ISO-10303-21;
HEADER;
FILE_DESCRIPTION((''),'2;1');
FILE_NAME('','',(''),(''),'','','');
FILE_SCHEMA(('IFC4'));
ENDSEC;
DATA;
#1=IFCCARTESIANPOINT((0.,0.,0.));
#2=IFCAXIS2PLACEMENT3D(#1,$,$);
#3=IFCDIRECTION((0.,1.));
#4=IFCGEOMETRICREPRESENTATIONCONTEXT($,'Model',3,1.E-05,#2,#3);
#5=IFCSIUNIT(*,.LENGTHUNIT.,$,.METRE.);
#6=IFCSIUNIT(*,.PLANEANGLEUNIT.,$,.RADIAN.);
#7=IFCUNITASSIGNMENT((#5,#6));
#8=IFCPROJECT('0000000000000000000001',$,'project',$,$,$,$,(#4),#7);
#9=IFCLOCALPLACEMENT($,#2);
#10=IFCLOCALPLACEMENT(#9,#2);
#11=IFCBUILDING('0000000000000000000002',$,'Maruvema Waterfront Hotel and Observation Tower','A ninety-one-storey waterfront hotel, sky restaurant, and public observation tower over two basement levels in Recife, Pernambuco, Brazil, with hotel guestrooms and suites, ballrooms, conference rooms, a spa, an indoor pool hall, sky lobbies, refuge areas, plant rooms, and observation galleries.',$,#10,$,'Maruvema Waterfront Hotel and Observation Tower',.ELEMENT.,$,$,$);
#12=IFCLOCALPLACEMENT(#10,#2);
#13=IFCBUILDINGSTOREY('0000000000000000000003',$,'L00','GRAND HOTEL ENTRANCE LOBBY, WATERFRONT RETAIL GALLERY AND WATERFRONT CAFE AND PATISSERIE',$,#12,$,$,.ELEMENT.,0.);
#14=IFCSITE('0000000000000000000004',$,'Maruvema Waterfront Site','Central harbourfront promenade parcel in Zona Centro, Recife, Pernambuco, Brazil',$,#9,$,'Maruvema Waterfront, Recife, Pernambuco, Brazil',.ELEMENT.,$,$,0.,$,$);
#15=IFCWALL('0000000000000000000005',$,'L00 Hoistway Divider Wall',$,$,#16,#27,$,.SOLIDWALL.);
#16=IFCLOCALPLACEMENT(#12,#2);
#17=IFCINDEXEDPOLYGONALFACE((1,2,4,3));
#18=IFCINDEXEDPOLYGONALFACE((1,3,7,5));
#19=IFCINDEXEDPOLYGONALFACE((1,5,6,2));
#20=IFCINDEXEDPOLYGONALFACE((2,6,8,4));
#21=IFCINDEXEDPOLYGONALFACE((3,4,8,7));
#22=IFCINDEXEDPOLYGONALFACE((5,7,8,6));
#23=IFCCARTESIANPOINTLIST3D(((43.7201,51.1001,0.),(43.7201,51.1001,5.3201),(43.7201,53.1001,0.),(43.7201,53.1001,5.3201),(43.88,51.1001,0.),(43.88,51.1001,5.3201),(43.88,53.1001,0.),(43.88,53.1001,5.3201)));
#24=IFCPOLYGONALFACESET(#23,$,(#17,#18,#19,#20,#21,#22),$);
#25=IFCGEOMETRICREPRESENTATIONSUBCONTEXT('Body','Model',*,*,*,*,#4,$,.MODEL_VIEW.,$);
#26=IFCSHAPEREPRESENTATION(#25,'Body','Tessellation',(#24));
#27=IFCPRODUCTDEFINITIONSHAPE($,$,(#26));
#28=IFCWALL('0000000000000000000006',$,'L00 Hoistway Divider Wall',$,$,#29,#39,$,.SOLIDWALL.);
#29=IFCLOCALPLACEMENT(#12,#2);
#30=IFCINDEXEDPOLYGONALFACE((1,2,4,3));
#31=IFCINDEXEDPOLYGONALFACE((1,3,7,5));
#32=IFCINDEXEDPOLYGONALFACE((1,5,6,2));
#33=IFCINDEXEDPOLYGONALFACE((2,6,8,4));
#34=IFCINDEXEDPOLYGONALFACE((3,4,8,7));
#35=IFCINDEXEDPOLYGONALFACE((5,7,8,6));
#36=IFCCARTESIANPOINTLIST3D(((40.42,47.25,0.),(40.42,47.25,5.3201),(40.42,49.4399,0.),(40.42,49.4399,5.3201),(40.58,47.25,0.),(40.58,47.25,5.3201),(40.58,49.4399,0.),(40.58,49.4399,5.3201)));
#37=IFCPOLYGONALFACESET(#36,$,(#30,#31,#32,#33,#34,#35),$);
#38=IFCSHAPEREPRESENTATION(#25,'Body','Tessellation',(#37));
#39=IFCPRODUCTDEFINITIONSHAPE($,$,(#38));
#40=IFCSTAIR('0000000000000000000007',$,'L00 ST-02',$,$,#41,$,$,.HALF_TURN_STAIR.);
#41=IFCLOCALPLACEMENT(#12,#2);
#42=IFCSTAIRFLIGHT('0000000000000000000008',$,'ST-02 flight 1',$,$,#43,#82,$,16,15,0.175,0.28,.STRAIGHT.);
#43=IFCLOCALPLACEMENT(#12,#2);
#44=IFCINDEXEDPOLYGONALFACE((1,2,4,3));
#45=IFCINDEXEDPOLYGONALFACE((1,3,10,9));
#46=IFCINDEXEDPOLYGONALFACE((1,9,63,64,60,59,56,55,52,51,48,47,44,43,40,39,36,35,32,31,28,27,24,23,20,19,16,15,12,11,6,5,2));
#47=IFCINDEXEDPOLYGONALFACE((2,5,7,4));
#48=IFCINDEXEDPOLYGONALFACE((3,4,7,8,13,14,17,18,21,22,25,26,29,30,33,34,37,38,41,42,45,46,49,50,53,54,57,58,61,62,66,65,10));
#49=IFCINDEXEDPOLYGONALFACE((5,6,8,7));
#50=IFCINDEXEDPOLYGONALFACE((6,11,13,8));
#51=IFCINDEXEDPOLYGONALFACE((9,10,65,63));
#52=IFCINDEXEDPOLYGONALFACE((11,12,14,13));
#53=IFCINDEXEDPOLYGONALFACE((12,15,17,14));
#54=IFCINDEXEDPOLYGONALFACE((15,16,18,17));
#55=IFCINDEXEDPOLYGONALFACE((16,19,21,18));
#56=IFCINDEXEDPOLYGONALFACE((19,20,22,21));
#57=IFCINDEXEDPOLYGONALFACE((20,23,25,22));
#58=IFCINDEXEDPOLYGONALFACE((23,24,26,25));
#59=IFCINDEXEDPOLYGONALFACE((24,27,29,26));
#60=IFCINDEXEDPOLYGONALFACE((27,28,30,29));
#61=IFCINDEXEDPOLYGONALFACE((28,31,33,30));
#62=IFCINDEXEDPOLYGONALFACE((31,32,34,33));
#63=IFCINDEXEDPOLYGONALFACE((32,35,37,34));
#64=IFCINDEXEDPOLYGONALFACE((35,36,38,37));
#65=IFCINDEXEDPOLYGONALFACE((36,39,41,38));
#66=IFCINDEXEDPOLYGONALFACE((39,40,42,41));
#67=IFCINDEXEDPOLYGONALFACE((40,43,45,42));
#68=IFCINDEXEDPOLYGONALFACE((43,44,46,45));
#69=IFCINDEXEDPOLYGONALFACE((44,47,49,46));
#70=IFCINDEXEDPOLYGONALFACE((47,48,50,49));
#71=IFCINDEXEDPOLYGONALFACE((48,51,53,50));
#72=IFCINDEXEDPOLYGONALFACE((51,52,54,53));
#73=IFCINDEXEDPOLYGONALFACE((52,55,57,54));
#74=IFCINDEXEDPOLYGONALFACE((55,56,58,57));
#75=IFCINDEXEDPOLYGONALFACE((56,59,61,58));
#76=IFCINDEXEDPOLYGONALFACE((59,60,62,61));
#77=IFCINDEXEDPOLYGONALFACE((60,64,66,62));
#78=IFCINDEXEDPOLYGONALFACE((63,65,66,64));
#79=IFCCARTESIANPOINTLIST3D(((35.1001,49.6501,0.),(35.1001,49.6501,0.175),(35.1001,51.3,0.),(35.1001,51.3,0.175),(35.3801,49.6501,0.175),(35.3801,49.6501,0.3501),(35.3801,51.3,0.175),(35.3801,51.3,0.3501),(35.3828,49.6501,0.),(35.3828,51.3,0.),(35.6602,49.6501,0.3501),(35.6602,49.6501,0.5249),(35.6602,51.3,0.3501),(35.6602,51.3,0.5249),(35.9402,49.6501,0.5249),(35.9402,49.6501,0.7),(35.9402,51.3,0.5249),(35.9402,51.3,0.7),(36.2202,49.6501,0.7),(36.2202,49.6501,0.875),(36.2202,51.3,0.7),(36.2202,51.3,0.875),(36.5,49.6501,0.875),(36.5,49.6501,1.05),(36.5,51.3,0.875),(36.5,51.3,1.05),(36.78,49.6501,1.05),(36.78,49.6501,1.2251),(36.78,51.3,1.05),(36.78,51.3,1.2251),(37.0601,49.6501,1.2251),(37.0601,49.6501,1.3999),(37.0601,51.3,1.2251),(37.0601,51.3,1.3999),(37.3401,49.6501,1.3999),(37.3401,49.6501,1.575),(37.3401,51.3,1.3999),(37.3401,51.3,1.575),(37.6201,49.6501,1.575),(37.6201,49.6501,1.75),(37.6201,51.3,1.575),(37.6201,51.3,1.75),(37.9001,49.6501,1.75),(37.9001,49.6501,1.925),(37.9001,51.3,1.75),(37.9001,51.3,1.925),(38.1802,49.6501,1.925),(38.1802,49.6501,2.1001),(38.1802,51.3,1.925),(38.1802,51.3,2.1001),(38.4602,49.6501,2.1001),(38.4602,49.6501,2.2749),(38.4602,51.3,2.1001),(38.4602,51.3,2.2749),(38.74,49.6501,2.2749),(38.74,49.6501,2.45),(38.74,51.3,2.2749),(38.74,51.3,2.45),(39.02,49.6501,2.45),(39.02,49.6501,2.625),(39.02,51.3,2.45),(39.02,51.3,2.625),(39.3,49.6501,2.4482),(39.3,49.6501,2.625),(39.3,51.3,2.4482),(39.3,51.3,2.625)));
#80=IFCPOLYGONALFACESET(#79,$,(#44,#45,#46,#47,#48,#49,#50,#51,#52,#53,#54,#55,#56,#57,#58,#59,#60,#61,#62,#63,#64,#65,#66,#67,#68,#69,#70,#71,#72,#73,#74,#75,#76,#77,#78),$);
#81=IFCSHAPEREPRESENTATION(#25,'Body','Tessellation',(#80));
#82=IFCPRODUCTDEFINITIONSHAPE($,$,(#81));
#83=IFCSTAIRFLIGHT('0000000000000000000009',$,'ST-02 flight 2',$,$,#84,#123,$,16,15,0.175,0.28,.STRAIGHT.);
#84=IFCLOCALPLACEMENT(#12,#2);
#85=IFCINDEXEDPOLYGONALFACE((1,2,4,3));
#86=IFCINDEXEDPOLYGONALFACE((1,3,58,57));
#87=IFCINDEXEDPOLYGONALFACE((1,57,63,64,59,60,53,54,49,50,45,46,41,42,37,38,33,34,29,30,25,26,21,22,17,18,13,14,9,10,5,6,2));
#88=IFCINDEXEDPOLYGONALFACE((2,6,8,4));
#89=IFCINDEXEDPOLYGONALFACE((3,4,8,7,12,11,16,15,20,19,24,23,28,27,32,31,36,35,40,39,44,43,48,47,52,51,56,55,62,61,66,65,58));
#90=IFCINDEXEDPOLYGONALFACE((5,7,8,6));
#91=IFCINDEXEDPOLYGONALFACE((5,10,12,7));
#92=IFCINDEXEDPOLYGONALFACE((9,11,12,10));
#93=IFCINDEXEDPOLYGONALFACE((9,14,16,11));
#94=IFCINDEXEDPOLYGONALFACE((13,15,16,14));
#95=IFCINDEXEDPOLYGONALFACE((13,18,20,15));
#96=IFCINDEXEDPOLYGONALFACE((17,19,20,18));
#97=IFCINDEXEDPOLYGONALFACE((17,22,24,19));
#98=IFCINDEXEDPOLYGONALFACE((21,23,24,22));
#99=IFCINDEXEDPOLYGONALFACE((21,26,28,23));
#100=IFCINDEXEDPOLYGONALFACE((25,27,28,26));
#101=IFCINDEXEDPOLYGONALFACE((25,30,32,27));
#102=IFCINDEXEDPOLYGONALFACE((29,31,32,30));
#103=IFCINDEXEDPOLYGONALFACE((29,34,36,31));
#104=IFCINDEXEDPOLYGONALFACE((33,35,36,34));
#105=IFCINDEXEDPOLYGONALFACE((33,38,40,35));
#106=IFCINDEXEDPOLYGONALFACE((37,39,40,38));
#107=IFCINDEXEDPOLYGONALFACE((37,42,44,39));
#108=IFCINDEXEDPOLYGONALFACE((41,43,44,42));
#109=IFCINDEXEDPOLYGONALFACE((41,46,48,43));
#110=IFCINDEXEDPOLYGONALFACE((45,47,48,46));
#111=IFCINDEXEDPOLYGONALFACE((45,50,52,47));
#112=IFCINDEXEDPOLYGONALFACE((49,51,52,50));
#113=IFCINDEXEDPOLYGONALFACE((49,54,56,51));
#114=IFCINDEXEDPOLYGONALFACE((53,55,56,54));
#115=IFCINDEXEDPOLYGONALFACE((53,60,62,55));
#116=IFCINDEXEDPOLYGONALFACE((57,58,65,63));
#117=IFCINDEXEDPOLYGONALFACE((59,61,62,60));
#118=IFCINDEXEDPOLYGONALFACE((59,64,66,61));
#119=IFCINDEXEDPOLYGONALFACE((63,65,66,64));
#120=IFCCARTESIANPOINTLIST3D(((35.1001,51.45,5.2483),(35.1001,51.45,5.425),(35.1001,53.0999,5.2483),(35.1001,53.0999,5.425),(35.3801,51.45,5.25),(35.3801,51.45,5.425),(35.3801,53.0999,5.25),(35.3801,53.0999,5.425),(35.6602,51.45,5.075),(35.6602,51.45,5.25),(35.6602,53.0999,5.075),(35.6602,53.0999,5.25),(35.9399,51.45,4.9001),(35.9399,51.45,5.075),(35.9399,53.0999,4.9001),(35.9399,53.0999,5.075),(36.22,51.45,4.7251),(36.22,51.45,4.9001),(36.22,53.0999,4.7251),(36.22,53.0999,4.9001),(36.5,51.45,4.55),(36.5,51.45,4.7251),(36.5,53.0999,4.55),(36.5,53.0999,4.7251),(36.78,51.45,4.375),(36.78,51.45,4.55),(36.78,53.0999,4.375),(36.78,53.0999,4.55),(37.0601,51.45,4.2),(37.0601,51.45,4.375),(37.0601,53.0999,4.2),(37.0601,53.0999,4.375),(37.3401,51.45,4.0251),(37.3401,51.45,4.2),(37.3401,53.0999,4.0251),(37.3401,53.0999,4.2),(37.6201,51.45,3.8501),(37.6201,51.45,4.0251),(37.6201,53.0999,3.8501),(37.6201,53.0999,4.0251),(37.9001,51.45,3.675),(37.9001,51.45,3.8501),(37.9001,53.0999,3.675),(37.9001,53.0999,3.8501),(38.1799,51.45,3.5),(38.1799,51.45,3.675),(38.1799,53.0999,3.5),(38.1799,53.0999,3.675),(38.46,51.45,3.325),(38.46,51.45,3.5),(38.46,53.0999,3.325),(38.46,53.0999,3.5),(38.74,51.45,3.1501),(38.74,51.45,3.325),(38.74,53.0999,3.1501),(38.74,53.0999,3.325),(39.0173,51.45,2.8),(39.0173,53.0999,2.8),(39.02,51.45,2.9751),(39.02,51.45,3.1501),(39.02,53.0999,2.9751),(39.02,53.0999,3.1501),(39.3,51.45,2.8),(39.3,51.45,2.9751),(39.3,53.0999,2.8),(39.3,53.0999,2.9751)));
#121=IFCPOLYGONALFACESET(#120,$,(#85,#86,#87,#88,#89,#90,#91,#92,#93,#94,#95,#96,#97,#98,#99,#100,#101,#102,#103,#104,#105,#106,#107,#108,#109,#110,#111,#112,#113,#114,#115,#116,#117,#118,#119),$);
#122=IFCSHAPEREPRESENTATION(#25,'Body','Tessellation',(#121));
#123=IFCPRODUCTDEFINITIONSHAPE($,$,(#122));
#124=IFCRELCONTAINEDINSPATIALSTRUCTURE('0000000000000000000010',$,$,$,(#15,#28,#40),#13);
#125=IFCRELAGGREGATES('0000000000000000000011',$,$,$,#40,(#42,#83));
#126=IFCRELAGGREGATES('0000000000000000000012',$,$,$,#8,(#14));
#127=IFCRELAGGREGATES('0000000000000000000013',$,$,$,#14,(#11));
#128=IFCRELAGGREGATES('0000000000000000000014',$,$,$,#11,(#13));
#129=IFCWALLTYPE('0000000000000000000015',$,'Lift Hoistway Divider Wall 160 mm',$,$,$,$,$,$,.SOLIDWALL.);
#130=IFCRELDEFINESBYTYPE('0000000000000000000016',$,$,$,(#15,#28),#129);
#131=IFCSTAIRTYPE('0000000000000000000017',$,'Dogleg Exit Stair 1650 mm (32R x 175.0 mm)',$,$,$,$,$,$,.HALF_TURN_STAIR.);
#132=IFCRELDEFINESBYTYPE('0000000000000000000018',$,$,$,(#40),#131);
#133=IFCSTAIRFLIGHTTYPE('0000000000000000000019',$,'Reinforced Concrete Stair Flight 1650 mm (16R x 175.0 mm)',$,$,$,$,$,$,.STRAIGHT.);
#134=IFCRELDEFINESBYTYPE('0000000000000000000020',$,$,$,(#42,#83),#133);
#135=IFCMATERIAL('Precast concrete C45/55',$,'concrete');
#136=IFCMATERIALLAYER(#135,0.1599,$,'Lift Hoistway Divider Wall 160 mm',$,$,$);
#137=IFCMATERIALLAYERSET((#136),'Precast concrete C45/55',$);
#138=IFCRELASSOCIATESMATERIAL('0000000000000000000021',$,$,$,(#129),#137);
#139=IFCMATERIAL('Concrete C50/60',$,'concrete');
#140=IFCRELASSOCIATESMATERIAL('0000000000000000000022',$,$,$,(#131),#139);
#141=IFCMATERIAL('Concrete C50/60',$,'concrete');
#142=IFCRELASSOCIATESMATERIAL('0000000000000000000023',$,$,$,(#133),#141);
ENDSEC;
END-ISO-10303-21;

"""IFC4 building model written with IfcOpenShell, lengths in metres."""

from ifc_helpers import new_model, si_unit, direction, frame, frame_2d, origin, place, context, subcontext, project, spatial, polyline, rectangle, outline, extrude, material, layer, layer_set, type_object, element, aggregate, save


model = new_model("IFC4")

# Units and contexts
model_context = context("Model", 3, precision=1e-05, world=origin(), true_north=direction((0.0, 1.0)))
body_context = subcontext(model_context, "Body", "Model", "MODEL_VIEW")
ifc_project = project(units=[si_unit("LENGTHUNIT", "METRE"), si_unit("PLANEANGLEUNIT", "RADIAN")], contexts=[model_context])

# Site, building, storey
site_placement = place(None, origin())
site = spatial("IfcSite", under=ifc_project, at=site_placement, Name="Maruvema Waterfront Site", Description="Central harbourfront promenade parcel in Zona Centro, Recife, Pernambuco, Brazil", LongName="Maruvema Waterfront, Recife, Pernambuco, Brazil", CompositionType="ELEMENT", RefElevation=0.0)
building_placement = place(site_placement, origin())
building = spatial("IfcBuilding", under=site, at=building_placement, Name="Maruvema Waterfront Hotel and Observation Tower", Description="A ninety-one-storey waterfront hotel, sky restaurant, and public observation tower over two basement levels in Recife, Pernambuco, Brazil, with hotel guestrooms and suites, ballrooms, conference rooms, a spa, an indoor pool hall, sky lobbies, refuge areas, plant rooms, and observation galleries.", LongName="Maruvema Waterfront Hotel and Observation Tower", CompositionType="ELEMENT")
storey_placement = place(building_placement, origin())
storey = spatial("IfcBuildingStorey", under=building, at=storey_placement, Name="L00", Description="GRAND HOTEL ENTRANCE LOBBY, WATERFRONT RETAIL GALLERY AND WATERFRONT CAFE AND PATISSERIE", CompositionType="ELEMENT", Elevation=0.0)

# Walls
ifc_material_1 = material(Name="Precast concrete C45/55", Category="concrete")
ifc_layer_1 = layer(ifc_material_1, 0.1599, Name="Lift Hoistway Divider Wall 160 mm")
ifc_layer_set_1 = layer_set([ifc_layer_1], Name="Precast concrete C45/55")
wall_type_1 = type_object("IfcWallType", Name="Lift Hoistway Divider Wall 160 mm", PredefinedType="SOLIDWALL", material=ifc_layer_set_1)
wall_1_placement = place(storey_placement, frame((43.8, 51.1001, 0.0), z_axis=(0.0, 0.0, 1.0), x_axis=(0.0, 1.0, 0.0)))
element("IfcWall", 1, at=wall_1_placement, inside=storey, type_object=wall_type_1, Name="L00 Hoistway Divider Wall", PredefinedType="SOLIDWALL", context=body_context, shape_type="SweptSolid", body=[
    extrude(rectangle(XDim=2.0, YDim=0.1599, at=frame_2d((1.0, 0.0))), origin(), (0.0, 0.0, 1.0), 5.3201),
])
wall_2_placement = place(storey_placement, frame((40.5, 47.25, 0.0), z_axis=(0.0, 0.0, 1.0), x_axis=(0.0, 1.0, 0.0)))
element("IfcWall", 2, at=wall_2_placement, inside=storey, type_object=wall_type_1, Name="L00 Hoistway Divider Wall", PredefinedType="SOLIDWALL", context=body_context, shape_type="SweptSolid", body=[
    extrude(rectangle(XDim=2.1899, YDim=0.1599, at=frame_2d((1.095, 0.0))), origin(), (0.0, 0.0, 1.0), 5.3201),
])

# Stair, stair flights
ifc_material_2 = material(Name="Concrete C50/60", Category="concrete")
stair_type = type_object("IfcStairType", Name="Dogleg Exit Stair 1650 mm (32R x 175.0 mm)", PredefinedType="HALF_TURN_STAIR", material=ifc_material_2)
stair_placement = place(storey_placement, origin())
stair = element("IfcStair", 3, at=stair_placement, inside=storey, type_object=stair_type, Name="L00 ST-02", PredefinedType="HALF_TURN_STAIR")
ifc_material_3 = material(Name="Concrete C50/60", Category="concrete")
stair_flight_type = type_object("IfcStairFlightType", Name="Reinforced Concrete Stair Flight 1650 mm (16R x 175.0 mm)", PredefinedType="STRAIGHT", material=ifc_material_3)
stair_flight_1_placement = place(storey_placement, frame((35.1001, 50.4751, 0.0), z_axis=(0.0, 0.0, 1.0), x_axis=(1.0, 0.0, 0.0)))
stair_flight_1 = element("IfcStairFlight", 4, at=stair_flight_1_placement, type_object=stair_flight_type, Name="ST-02 flight 1", NumberOfRisers=16, NumberOfTreads=15, PredefinedType="STRAIGHT", RiserHeight=0.175, TreadLength=0.28, context=body_context, shape_type="SweptSolid", body=[
    extrude(outline(polyline([(0.0, 0.0), (0.0, 0.175), (0.28, 0.175), (0.28, 0.3501), (0.5601, 0.3501), (0.5601, 0.5249), (0.8401, 0.5249), (0.8401, 0.7), (1.1201, 0.7), (1.1201, 0.875), (1.3999, 0.875), (1.3999, 1.05), (1.6799, 1.05), (1.6799, 1.2251), (1.96, 1.2251), (1.96, 1.3999), (2.24, 1.3999), (2.24, 1.575), (2.52, 1.575), (2.52, 1.75), (2.8, 1.75), (2.8, 1.925), (3.0801, 1.925), (3.0801, 2.1001), (3.3601, 2.1001), (3.3601, 2.2749), (3.6399, 2.2749), (3.6399, 2.45), (3.9199, 2.45), (3.9199, 2.625), (4.2, 2.625), (4.2, 2.8), (4.2, 2.4482), (0.2827, 0.0), (0.0, 0.0)])), frame((0.0, 0.825, 0.0), z_axis=(0.0, -1.0, 0.0), x_axis=(1.0, 0.0, 0.0)), (0.0, 0.0, 1.0), 1.6499),
])
stair_flight_2_placement = place(storey_placement, frame((39.3, 52.2749, 2.8), z_axis=(0.0, 0.0, 1.0), x_axis=(-1.0, 0.0, 0.0)))
stair_flight_2 = element("IfcStairFlight", 5, at=stair_flight_2_placement, type_object=stair_flight_type, Name="ST-02 flight 2", NumberOfRisers=16, NumberOfTreads=15, PredefinedType="STRAIGHT", RiserHeight=0.175, TreadLength=0.28, context=body_context, shape_type="SweptSolid", body=[
    extrude(outline(polyline([(0.0, 0.0), (0.0, 0.175), (0.28, 0.175), (0.28, 0.3501), (0.5601, 0.3501), (0.5601, 0.5249), (0.8401, 0.5249), (0.8401, 0.7), (1.1201, 0.7), (1.1201, 0.875), (1.3999, 0.875), (1.3999, 1.05), (1.6799, 1.05), (1.6799, 1.2251), (1.96, 1.2251), (1.96, 1.3999), (2.24, 1.3999), (2.24, 1.575), (2.52, 1.575), (2.52, 1.75), (2.8, 1.75), (2.8, 1.925), (3.0801, 1.925), (3.0801, 2.1001), (3.3601, 2.1001), (3.3601, 2.2749), (3.6399, 2.2749), (3.6399, 2.45), (3.9199, 2.45), (3.9199, 2.625), (4.2, 2.625), (4.2, 2.8), (4.2, 2.4482), (0.2827, 0.0), (0.0, 0.0)])), frame((0.0, 0.825, 0.0), z_axis=(0.0, -1.0, 0.0), x_axis=(1.0, 0.0, 0.0)), (0.0, 0.0, 1.0), 1.6499),
])
aggregate(stair, [stair_flight_1, stair_flight_2])

save(model, "model.ifc")
